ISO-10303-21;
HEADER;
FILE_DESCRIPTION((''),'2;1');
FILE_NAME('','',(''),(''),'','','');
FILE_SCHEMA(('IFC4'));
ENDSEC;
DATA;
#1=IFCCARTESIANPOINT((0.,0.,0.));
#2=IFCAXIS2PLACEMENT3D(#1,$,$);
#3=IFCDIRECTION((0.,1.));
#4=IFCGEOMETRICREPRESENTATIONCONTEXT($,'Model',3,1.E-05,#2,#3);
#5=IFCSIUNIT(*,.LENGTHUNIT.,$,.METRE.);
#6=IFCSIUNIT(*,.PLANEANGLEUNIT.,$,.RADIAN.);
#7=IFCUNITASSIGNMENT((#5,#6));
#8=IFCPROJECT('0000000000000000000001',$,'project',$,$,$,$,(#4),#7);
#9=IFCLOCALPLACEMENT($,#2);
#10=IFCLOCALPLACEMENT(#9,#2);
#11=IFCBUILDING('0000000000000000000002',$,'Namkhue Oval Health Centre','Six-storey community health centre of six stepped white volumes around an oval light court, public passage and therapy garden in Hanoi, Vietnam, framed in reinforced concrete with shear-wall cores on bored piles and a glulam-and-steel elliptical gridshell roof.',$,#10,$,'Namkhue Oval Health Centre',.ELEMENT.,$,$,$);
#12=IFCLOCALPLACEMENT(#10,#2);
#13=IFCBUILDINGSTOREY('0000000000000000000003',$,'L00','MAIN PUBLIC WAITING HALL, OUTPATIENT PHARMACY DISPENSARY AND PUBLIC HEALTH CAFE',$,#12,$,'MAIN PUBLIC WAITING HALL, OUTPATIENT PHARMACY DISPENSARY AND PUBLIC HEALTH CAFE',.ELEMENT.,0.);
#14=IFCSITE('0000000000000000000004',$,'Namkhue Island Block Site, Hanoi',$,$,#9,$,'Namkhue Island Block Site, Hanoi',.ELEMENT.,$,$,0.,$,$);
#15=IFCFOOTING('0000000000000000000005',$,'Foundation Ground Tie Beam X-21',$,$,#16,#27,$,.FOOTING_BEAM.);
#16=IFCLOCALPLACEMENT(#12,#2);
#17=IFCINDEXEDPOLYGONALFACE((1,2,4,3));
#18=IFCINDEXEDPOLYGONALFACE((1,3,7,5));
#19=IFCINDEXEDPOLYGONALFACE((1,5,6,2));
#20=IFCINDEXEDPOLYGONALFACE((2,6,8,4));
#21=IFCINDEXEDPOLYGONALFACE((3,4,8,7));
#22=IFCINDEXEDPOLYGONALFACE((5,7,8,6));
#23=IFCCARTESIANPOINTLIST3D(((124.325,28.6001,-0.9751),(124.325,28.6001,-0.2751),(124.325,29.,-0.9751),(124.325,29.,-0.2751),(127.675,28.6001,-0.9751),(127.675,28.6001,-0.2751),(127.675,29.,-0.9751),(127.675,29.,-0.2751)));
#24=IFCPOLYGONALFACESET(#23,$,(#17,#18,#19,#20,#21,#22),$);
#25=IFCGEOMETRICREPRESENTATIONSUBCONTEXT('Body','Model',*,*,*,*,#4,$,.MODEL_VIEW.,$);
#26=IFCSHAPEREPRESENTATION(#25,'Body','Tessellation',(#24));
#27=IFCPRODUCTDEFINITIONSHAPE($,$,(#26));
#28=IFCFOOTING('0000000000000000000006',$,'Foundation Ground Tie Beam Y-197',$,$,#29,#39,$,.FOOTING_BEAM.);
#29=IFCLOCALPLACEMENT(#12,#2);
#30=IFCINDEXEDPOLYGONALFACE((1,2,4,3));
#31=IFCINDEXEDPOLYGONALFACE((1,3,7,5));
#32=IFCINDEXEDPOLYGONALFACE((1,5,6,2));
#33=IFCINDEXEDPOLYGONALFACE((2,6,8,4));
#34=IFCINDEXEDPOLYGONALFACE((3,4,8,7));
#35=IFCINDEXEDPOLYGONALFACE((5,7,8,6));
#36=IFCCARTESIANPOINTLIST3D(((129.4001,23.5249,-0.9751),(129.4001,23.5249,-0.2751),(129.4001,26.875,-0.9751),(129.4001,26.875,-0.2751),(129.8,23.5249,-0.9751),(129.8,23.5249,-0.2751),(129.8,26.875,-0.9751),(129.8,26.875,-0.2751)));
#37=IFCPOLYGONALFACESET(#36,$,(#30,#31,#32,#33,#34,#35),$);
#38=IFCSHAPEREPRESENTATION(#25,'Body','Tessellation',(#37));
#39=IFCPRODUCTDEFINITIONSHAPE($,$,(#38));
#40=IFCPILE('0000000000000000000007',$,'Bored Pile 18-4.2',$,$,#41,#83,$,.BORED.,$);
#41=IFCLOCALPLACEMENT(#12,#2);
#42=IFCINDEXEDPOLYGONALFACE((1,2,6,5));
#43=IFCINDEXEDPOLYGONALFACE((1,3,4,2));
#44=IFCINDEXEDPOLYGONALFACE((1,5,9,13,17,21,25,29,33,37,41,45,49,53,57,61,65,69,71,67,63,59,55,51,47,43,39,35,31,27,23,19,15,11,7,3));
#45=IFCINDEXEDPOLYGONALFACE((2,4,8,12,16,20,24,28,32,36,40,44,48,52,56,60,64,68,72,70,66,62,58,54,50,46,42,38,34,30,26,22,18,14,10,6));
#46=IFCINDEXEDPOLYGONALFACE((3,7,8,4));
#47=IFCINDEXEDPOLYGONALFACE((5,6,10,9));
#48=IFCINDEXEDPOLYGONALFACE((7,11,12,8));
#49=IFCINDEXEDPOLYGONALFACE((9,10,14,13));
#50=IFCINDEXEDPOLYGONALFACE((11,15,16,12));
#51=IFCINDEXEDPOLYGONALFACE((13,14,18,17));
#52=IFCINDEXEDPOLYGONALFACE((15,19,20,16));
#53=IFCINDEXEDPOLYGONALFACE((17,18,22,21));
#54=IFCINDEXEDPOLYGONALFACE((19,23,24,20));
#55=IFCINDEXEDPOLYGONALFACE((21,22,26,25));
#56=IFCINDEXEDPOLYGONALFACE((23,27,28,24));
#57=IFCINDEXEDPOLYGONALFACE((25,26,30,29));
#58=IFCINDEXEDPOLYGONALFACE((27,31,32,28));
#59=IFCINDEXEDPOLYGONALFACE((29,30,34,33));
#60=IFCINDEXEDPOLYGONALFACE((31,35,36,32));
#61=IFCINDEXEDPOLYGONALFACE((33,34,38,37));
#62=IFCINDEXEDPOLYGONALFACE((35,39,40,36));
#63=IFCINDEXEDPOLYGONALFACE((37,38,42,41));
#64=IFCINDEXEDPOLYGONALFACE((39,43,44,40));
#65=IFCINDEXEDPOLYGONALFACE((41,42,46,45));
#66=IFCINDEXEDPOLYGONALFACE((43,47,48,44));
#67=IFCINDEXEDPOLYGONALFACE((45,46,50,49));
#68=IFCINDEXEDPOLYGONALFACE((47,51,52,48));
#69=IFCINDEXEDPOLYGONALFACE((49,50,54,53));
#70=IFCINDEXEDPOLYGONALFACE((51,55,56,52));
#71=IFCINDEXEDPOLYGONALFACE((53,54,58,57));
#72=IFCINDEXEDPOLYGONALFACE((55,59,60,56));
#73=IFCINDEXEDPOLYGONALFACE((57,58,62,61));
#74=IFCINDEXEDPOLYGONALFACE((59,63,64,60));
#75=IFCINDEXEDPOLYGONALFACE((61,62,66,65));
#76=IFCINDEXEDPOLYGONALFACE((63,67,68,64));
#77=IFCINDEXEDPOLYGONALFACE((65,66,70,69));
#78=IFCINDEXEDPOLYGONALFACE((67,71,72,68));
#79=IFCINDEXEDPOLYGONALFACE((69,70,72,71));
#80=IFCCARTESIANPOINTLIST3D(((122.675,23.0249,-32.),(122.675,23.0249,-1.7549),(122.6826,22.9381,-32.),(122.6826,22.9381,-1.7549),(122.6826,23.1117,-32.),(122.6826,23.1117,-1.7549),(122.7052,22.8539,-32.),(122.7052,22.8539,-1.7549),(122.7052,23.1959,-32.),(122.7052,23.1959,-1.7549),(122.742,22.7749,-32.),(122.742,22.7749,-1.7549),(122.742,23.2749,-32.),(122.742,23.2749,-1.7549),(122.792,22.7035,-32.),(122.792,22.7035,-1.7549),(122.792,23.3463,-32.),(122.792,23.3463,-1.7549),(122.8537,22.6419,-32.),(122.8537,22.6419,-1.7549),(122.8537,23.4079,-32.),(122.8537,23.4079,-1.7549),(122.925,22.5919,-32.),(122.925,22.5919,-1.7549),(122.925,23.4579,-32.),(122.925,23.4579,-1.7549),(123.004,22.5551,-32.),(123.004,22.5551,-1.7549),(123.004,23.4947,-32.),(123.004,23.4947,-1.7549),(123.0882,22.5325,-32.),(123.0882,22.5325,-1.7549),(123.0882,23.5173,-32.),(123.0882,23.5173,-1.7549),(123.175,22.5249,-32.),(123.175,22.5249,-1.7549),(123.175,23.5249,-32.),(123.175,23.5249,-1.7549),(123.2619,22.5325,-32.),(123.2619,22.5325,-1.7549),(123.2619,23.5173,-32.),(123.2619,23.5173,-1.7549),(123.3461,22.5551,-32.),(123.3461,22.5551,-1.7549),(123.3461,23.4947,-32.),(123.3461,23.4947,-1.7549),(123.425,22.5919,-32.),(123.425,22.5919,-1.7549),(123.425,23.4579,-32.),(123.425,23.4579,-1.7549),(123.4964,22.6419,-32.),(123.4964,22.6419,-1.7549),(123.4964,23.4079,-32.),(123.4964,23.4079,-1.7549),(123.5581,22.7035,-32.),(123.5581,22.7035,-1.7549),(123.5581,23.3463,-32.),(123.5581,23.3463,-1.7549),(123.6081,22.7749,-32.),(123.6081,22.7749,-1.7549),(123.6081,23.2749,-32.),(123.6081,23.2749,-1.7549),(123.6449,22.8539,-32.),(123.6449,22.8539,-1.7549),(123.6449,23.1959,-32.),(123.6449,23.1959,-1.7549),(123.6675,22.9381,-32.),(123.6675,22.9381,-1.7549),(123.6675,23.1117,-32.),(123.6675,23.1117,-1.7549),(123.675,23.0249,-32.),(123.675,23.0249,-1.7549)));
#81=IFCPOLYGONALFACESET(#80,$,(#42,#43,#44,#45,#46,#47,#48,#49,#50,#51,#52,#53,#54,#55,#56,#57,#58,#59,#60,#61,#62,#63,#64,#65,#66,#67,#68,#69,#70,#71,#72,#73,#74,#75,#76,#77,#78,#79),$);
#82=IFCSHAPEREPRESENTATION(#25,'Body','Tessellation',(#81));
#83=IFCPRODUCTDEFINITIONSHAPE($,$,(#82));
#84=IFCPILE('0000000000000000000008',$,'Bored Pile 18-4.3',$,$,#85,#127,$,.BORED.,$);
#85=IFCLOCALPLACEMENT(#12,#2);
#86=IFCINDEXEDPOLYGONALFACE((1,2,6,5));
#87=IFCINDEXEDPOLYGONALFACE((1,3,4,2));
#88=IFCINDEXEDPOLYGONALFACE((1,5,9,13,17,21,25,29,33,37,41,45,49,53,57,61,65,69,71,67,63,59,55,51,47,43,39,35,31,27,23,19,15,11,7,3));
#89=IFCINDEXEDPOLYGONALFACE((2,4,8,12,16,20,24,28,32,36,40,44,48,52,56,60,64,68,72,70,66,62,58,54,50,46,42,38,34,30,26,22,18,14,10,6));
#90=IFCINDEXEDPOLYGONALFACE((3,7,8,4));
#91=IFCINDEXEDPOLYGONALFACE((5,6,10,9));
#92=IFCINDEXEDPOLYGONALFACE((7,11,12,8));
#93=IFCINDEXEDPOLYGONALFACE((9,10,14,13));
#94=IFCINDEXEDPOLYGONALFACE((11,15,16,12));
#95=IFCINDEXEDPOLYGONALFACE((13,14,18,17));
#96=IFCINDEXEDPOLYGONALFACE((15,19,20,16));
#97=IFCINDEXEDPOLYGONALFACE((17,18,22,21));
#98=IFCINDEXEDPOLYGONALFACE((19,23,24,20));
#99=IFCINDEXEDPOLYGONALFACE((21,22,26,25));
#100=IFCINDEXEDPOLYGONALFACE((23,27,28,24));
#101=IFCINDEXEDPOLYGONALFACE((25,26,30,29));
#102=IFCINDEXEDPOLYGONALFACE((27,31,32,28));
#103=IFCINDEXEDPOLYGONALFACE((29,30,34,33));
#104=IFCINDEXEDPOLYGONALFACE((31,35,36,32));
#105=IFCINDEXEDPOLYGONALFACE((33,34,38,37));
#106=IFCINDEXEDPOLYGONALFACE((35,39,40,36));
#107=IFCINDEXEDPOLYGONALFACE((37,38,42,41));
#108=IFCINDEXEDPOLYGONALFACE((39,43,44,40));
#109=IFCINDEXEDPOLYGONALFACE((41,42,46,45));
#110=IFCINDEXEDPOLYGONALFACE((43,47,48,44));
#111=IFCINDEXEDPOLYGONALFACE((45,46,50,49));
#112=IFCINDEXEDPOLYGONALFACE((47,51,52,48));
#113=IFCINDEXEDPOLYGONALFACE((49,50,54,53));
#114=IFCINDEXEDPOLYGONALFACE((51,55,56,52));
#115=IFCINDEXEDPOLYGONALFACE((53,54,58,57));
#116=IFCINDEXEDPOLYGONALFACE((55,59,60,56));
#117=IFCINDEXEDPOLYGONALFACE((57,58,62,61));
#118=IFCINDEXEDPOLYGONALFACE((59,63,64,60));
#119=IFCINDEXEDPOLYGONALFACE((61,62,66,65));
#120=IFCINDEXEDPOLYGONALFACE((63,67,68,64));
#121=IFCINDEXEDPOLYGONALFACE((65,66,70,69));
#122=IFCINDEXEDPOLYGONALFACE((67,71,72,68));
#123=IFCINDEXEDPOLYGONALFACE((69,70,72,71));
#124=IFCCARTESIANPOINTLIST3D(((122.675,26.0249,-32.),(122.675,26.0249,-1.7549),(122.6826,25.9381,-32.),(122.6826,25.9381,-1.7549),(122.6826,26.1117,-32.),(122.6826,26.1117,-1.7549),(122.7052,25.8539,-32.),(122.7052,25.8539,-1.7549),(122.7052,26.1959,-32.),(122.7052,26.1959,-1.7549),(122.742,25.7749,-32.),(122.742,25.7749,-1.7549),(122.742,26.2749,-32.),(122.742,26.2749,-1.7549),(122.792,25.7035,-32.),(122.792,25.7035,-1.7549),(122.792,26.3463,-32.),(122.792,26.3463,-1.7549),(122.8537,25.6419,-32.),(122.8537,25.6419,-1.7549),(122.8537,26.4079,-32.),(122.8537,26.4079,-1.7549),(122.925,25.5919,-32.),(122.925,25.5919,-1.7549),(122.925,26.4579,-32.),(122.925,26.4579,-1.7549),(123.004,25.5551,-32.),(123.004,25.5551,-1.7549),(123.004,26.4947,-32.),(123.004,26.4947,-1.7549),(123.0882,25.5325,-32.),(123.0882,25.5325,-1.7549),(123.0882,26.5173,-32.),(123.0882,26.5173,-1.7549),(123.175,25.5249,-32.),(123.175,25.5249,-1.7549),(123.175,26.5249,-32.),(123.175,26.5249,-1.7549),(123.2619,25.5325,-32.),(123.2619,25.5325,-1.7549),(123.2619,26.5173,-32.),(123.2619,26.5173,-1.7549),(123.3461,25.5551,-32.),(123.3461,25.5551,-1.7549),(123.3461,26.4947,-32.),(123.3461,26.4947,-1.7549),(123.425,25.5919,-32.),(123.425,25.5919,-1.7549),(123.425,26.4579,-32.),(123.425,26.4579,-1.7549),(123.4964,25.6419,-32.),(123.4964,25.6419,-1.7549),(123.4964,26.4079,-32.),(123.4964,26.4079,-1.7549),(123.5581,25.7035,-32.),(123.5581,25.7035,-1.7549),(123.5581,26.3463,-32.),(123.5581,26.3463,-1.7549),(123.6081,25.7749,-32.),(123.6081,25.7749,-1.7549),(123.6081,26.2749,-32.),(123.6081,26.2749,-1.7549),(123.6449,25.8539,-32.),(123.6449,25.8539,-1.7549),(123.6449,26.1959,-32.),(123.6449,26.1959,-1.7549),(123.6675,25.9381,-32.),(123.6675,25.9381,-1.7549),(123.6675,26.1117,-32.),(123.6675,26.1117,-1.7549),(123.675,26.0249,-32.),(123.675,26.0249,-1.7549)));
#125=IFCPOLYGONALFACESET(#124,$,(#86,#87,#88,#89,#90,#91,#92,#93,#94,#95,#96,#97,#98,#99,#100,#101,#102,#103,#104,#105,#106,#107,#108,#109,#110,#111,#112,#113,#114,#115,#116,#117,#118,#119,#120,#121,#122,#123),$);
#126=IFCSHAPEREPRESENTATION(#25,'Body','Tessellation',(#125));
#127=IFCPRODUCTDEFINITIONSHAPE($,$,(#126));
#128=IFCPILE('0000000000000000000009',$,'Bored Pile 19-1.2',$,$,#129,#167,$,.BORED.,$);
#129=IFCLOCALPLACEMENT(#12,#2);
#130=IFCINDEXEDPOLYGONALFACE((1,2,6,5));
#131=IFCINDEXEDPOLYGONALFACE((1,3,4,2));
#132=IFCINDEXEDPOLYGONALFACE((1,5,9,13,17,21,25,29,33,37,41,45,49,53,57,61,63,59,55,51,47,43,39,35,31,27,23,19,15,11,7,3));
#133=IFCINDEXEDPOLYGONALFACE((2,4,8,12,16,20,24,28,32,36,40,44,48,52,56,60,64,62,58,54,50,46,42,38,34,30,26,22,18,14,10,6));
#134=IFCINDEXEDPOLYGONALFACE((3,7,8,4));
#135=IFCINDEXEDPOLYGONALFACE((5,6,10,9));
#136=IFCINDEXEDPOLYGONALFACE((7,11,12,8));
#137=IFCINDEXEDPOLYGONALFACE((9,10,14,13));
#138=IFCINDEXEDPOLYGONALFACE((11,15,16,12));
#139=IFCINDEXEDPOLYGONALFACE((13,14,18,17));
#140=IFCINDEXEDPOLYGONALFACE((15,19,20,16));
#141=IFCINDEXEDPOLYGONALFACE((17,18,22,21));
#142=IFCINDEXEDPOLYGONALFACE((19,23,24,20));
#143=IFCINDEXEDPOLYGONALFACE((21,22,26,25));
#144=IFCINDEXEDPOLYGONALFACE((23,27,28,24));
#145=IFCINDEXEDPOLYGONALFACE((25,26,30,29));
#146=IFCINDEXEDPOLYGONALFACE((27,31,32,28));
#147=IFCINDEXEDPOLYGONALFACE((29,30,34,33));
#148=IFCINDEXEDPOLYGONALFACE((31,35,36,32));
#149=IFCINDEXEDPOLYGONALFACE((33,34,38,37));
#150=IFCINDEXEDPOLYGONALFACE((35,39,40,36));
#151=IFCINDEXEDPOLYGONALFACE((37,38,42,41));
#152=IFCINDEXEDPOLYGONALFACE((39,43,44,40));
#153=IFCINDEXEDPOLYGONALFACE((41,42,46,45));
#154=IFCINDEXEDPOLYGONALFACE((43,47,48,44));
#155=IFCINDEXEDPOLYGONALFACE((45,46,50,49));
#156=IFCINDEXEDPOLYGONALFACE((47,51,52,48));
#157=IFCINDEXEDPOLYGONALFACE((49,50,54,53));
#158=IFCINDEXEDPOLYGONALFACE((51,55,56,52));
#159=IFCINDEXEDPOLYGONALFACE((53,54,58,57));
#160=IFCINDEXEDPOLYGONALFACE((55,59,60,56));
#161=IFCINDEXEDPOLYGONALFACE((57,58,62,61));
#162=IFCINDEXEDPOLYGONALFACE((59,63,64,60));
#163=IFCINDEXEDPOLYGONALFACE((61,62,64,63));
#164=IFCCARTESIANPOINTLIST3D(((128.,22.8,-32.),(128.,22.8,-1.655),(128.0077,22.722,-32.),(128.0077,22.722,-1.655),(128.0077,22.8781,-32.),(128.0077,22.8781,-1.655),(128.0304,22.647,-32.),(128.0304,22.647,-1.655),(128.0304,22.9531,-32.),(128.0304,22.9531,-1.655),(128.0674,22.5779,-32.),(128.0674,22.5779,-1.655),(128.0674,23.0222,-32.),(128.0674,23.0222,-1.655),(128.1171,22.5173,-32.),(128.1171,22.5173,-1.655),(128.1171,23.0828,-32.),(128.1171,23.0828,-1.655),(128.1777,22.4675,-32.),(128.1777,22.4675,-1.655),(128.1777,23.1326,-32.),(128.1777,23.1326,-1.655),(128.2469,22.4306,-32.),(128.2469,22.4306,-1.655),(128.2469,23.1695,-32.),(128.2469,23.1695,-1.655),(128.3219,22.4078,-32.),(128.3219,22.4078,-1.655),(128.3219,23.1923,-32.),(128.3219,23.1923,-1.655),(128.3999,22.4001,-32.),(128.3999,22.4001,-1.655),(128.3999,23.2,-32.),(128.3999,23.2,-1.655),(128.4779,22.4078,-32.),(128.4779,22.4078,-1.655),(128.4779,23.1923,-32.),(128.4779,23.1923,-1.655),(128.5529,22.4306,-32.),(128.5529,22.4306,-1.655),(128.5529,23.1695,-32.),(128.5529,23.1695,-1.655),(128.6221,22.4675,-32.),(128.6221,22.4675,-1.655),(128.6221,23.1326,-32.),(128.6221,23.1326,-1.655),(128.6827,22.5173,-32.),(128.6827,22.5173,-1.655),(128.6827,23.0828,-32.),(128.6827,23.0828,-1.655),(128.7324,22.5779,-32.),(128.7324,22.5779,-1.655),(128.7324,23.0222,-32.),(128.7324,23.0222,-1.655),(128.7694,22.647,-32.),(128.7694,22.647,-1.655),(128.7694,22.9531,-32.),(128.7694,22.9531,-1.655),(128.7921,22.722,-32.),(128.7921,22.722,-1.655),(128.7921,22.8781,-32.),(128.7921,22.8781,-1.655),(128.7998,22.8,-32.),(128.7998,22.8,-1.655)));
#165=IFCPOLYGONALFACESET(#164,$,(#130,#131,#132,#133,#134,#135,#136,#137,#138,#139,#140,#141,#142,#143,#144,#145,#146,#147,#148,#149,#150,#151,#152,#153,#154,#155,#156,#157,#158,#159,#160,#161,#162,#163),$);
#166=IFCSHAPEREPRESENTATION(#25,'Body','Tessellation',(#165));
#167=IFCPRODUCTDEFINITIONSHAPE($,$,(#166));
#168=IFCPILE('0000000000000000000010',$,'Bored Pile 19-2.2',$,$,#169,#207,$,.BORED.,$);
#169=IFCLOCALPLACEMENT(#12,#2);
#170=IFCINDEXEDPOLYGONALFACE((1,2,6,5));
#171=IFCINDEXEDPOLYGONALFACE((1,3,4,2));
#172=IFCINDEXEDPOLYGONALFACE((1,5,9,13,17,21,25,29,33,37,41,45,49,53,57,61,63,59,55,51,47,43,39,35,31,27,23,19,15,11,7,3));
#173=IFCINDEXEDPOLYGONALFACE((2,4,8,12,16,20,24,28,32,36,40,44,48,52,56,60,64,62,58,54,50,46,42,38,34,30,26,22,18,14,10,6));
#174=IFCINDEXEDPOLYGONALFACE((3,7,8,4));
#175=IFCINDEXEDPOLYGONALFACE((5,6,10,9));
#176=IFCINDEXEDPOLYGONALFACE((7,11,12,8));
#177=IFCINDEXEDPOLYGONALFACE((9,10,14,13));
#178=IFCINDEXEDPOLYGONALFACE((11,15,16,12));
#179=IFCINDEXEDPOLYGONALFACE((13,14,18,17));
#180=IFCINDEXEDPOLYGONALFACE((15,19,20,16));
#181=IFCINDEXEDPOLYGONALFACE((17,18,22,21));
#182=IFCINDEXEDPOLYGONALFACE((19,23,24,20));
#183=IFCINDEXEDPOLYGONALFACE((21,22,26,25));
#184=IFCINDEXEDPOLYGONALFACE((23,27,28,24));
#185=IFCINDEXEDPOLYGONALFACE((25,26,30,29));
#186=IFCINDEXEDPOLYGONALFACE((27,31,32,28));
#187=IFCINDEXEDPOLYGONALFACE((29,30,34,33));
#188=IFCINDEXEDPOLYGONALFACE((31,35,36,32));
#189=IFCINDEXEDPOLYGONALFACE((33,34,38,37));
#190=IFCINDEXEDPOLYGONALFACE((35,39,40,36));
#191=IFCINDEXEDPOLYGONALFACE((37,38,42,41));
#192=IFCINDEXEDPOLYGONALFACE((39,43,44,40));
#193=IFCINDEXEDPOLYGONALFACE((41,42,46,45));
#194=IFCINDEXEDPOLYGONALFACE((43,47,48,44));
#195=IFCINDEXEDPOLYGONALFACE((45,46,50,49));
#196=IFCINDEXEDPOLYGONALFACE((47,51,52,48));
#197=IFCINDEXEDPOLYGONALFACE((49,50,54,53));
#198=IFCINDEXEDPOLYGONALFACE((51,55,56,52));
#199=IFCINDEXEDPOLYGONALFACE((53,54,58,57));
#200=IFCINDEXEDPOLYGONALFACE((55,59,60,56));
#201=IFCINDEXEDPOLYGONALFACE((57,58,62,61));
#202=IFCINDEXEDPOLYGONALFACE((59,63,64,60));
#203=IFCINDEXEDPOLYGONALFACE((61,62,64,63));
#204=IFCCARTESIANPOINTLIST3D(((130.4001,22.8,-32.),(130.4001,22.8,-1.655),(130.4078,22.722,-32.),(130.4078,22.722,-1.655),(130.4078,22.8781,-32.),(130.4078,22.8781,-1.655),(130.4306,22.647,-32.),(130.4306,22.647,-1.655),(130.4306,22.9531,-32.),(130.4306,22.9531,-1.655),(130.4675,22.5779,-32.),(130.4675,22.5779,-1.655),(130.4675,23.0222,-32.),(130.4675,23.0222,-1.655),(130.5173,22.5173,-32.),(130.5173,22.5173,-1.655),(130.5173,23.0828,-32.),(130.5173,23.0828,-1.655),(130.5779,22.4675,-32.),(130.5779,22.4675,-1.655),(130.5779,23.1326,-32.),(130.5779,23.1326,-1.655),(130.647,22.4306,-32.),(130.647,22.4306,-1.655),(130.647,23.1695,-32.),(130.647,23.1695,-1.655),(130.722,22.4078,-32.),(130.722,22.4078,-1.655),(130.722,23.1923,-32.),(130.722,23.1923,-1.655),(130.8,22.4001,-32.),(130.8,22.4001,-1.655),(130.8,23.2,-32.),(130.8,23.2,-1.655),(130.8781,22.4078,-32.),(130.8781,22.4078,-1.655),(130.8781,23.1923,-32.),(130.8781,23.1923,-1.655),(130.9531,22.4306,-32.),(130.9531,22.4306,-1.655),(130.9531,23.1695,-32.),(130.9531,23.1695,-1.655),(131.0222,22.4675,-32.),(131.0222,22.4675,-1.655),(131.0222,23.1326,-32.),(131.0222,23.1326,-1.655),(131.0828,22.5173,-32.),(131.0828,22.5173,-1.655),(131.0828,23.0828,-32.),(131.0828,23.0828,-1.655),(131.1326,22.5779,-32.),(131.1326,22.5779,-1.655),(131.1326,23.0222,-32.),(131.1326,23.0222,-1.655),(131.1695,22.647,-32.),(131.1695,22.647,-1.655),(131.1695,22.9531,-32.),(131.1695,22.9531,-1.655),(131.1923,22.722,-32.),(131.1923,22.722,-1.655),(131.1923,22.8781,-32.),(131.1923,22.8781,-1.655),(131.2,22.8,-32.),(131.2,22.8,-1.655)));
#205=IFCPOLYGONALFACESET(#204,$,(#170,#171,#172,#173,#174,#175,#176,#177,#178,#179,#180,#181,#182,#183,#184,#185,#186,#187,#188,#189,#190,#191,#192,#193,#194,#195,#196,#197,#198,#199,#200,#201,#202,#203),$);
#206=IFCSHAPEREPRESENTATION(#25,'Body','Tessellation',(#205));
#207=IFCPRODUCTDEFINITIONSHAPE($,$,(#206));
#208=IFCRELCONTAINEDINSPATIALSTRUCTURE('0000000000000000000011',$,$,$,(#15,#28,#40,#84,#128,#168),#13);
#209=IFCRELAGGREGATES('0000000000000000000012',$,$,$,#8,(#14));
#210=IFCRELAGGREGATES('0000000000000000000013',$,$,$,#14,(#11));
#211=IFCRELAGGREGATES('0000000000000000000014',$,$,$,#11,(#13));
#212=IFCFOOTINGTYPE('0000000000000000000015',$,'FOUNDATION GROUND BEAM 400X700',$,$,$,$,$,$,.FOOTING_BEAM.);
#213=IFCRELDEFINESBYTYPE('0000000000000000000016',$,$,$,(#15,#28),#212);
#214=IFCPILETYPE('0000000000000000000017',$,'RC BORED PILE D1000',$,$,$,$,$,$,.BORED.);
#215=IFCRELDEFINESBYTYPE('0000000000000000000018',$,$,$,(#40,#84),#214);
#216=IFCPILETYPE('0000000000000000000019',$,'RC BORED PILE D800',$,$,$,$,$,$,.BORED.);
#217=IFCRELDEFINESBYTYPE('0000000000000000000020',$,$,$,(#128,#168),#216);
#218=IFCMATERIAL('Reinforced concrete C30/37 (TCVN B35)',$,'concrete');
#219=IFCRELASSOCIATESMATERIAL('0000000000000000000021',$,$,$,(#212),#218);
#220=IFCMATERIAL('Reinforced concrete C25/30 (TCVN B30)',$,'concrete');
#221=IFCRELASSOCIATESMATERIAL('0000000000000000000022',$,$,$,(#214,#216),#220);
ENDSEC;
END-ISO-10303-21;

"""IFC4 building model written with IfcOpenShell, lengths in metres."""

from ifc_helpers import new_model, si_unit, direction, frame, origin, origin_2d, place, context, subcontext, project, spatial, rectangle, circle, extrude, material, material_profile, profile_set, type_object, element, save


model = new_model("IFC4")

# Units and contexts
model_context = context("Model", 3, precision=1e-05, world=origin(), true_north=direction((0.0, 1.0)))
body_context = subcontext(model_context, "Body", "Model", "MODEL_VIEW")
ifc_project = project(units=[si_unit("LENGTHUNIT", "METRE"), si_unit("PLANEANGLEUNIT", "RADIAN")], contexts=[model_context])

# Site, building, storey
site_placement = place(None, origin())
site = spatial("IfcSite", under=ifc_project, at=site_placement, Name="Namkhue Island Block Site, Hanoi", LongName="Namkhue Island Block Site, Hanoi", CompositionType="ELEMENT", RefElevation=0.0)
building_placement = place(site_placement, origin())
building = spatial("IfcBuilding", under=site, at=building_placement, Name="Namkhue Oval Health Centre", Description="Six-storey community health centre of six stepped white volumes around an oval light court, public passage and therapy garden in Hanoi, Vietnam, framed in reinforced concrete with shear-wall cores on bored piles and a glulam-and-steel elliptical gridshell roof.", LongName="Namkhue Oval Health Centre", CompositionType="ELEMENT")
storey_placement = place(building_placement, origin())
storey = spatial("IfcBuildingStorey", under=building, at=storey_placement, Name="L00", Description="MAIN PUBLIC WAITING HALL, OUTPATIENT PHARMACY DISPENSARY AND PUBLIC HEALTH CAFE", LongName="MAIN PUBLIC WAITING HALL, OUTPATIENT PHARMACY DISPENSARY AND PUBLIC HEALTH CAFE", CompositionType="ELEMENT", Elevation=0.0)

# Footings
ifc_material_1 = material(Name="Reinforced concrete C30/37 (TCVN B35)", Category="concrete")
footing_type = type_object("IfcFootingType", Name="FOUNDATION GROUND BEAM 400X700", PredefinedType="FOOTING_BEAM", material=ifc_material_1)
for number, where, z_axis, x_axis, name in (
    (1, (126.0, 28.8, -0.9751), (0.0, 0.0, 1.0), (1.0, 0.0, 0.0), "Foundation Ground Tie Beam X-21"),
    (2, (129.6001, 25.2, -0.9751), (0.0, 0.0, 1.0), (0.0, 1.0, 0.0), "Foundation Ground Tie Beam Y-197"),
):
    element("IfcFooting", number, at=place(storey_placement, frame(where, z_axis=z_axis, x_axis=x_axis)), inside=storey, type_object=footing_type, Name=name, PredefinedType="FOOTING_BEAM", context=body_context, shape_type="SweptSolid", body=[
        extrude(rectangle(XDim=3.3501, YDim=0.3999, at=origin_2d()), origin(), (0.0, 0.0, 1.0), 0.7),
    ])

# Piles
ifc_material_2 = material(Name="Reinforced concrete C25/30 (TCVN B30)", Category="concrete")
ifc_material_profile_1 = material_profile(ifc_material_2, circle(Radius=0.5, at=origin_2d()), Name="BORED PILE D1000")
ifc_profile_set_1 = profile_set([ifc_material_profile_1], Name="Reinforced concrete C25/30 (TCVN B30)")
pile_type_1 = type_object("IfcPileType", Name="RC BORED PILE D1000", PredefinedType="BORED", material=ifc_profile_set_1)
for number, where, z_axis, x_axis, name in (
    (3, (123.175, 23.0249, -1.7549), (0.0, 0.0, -1.0), (1.0, 0.0, 0.0), "Bored Pile 18-4.2"),
    (4, (123.175, 26.0249, -1.7549), (0.0, 0.0, -1.0), (1.0, 0.0, 0.0), "Bored Pile 18-4.3"),
):
    element("IfcPile", number, at=place(storey_placement, frame(where, z_axis=z_axis, x_axis=x_axis)), inside=storey, type_object=pile_type_1, Name=name, PredefinedType="BORED", context=body_context, shape_type="SweptSolid", body=[
        extrude(circle(Radius=0.5, at=origin_2d()), origin(), (0.0, 0.0, 1.0), 30.2451),
    ])
ifc_material_profile_2 = material_profile(ifc_material_2, circle(Radius=0.3999, at=origin_2d()), Name="BORED PILE D800")
ifc_profile_set_2 = profile_set([ifc_material_profile_2], Name="Reinforced concrete C25/30 (TCVN B30)")
pile_type_2 = type_object("IfcPileType", Name="RC BORED PILE D800", PredefinedType="BORED", material=ifc_profile_set_2)
for number, where, z_axis, x_axis, name in (
    (5, (128.3999, 22.8, -1.655), (0.0, 0.0, -1.0), (1.0, 0.0, 0.0), "Bored Pile 19-1.2"),
    (6, (130.8, 22.8, -1.655), (0.0, 0.0, -1.0), (1.0, 0.0, 0.0), "Bored Pile 19-2.2"),
):
    element("IfcPile", number, at=place(storey_placement, frame(where, z_axis=z_axis, x_axis=x_axis)), inside=storey, type_object=pile_type_2, Name=name, PredefinedType="BORED", context=body_context, shape_type="SweptSolid", body=[
        extrude(circle(Radius=0.3999, at=origin_2d()), origin(), (0.0, 0.0, 1.0), 30.345),
    ])

save(model, "model.ifc")
